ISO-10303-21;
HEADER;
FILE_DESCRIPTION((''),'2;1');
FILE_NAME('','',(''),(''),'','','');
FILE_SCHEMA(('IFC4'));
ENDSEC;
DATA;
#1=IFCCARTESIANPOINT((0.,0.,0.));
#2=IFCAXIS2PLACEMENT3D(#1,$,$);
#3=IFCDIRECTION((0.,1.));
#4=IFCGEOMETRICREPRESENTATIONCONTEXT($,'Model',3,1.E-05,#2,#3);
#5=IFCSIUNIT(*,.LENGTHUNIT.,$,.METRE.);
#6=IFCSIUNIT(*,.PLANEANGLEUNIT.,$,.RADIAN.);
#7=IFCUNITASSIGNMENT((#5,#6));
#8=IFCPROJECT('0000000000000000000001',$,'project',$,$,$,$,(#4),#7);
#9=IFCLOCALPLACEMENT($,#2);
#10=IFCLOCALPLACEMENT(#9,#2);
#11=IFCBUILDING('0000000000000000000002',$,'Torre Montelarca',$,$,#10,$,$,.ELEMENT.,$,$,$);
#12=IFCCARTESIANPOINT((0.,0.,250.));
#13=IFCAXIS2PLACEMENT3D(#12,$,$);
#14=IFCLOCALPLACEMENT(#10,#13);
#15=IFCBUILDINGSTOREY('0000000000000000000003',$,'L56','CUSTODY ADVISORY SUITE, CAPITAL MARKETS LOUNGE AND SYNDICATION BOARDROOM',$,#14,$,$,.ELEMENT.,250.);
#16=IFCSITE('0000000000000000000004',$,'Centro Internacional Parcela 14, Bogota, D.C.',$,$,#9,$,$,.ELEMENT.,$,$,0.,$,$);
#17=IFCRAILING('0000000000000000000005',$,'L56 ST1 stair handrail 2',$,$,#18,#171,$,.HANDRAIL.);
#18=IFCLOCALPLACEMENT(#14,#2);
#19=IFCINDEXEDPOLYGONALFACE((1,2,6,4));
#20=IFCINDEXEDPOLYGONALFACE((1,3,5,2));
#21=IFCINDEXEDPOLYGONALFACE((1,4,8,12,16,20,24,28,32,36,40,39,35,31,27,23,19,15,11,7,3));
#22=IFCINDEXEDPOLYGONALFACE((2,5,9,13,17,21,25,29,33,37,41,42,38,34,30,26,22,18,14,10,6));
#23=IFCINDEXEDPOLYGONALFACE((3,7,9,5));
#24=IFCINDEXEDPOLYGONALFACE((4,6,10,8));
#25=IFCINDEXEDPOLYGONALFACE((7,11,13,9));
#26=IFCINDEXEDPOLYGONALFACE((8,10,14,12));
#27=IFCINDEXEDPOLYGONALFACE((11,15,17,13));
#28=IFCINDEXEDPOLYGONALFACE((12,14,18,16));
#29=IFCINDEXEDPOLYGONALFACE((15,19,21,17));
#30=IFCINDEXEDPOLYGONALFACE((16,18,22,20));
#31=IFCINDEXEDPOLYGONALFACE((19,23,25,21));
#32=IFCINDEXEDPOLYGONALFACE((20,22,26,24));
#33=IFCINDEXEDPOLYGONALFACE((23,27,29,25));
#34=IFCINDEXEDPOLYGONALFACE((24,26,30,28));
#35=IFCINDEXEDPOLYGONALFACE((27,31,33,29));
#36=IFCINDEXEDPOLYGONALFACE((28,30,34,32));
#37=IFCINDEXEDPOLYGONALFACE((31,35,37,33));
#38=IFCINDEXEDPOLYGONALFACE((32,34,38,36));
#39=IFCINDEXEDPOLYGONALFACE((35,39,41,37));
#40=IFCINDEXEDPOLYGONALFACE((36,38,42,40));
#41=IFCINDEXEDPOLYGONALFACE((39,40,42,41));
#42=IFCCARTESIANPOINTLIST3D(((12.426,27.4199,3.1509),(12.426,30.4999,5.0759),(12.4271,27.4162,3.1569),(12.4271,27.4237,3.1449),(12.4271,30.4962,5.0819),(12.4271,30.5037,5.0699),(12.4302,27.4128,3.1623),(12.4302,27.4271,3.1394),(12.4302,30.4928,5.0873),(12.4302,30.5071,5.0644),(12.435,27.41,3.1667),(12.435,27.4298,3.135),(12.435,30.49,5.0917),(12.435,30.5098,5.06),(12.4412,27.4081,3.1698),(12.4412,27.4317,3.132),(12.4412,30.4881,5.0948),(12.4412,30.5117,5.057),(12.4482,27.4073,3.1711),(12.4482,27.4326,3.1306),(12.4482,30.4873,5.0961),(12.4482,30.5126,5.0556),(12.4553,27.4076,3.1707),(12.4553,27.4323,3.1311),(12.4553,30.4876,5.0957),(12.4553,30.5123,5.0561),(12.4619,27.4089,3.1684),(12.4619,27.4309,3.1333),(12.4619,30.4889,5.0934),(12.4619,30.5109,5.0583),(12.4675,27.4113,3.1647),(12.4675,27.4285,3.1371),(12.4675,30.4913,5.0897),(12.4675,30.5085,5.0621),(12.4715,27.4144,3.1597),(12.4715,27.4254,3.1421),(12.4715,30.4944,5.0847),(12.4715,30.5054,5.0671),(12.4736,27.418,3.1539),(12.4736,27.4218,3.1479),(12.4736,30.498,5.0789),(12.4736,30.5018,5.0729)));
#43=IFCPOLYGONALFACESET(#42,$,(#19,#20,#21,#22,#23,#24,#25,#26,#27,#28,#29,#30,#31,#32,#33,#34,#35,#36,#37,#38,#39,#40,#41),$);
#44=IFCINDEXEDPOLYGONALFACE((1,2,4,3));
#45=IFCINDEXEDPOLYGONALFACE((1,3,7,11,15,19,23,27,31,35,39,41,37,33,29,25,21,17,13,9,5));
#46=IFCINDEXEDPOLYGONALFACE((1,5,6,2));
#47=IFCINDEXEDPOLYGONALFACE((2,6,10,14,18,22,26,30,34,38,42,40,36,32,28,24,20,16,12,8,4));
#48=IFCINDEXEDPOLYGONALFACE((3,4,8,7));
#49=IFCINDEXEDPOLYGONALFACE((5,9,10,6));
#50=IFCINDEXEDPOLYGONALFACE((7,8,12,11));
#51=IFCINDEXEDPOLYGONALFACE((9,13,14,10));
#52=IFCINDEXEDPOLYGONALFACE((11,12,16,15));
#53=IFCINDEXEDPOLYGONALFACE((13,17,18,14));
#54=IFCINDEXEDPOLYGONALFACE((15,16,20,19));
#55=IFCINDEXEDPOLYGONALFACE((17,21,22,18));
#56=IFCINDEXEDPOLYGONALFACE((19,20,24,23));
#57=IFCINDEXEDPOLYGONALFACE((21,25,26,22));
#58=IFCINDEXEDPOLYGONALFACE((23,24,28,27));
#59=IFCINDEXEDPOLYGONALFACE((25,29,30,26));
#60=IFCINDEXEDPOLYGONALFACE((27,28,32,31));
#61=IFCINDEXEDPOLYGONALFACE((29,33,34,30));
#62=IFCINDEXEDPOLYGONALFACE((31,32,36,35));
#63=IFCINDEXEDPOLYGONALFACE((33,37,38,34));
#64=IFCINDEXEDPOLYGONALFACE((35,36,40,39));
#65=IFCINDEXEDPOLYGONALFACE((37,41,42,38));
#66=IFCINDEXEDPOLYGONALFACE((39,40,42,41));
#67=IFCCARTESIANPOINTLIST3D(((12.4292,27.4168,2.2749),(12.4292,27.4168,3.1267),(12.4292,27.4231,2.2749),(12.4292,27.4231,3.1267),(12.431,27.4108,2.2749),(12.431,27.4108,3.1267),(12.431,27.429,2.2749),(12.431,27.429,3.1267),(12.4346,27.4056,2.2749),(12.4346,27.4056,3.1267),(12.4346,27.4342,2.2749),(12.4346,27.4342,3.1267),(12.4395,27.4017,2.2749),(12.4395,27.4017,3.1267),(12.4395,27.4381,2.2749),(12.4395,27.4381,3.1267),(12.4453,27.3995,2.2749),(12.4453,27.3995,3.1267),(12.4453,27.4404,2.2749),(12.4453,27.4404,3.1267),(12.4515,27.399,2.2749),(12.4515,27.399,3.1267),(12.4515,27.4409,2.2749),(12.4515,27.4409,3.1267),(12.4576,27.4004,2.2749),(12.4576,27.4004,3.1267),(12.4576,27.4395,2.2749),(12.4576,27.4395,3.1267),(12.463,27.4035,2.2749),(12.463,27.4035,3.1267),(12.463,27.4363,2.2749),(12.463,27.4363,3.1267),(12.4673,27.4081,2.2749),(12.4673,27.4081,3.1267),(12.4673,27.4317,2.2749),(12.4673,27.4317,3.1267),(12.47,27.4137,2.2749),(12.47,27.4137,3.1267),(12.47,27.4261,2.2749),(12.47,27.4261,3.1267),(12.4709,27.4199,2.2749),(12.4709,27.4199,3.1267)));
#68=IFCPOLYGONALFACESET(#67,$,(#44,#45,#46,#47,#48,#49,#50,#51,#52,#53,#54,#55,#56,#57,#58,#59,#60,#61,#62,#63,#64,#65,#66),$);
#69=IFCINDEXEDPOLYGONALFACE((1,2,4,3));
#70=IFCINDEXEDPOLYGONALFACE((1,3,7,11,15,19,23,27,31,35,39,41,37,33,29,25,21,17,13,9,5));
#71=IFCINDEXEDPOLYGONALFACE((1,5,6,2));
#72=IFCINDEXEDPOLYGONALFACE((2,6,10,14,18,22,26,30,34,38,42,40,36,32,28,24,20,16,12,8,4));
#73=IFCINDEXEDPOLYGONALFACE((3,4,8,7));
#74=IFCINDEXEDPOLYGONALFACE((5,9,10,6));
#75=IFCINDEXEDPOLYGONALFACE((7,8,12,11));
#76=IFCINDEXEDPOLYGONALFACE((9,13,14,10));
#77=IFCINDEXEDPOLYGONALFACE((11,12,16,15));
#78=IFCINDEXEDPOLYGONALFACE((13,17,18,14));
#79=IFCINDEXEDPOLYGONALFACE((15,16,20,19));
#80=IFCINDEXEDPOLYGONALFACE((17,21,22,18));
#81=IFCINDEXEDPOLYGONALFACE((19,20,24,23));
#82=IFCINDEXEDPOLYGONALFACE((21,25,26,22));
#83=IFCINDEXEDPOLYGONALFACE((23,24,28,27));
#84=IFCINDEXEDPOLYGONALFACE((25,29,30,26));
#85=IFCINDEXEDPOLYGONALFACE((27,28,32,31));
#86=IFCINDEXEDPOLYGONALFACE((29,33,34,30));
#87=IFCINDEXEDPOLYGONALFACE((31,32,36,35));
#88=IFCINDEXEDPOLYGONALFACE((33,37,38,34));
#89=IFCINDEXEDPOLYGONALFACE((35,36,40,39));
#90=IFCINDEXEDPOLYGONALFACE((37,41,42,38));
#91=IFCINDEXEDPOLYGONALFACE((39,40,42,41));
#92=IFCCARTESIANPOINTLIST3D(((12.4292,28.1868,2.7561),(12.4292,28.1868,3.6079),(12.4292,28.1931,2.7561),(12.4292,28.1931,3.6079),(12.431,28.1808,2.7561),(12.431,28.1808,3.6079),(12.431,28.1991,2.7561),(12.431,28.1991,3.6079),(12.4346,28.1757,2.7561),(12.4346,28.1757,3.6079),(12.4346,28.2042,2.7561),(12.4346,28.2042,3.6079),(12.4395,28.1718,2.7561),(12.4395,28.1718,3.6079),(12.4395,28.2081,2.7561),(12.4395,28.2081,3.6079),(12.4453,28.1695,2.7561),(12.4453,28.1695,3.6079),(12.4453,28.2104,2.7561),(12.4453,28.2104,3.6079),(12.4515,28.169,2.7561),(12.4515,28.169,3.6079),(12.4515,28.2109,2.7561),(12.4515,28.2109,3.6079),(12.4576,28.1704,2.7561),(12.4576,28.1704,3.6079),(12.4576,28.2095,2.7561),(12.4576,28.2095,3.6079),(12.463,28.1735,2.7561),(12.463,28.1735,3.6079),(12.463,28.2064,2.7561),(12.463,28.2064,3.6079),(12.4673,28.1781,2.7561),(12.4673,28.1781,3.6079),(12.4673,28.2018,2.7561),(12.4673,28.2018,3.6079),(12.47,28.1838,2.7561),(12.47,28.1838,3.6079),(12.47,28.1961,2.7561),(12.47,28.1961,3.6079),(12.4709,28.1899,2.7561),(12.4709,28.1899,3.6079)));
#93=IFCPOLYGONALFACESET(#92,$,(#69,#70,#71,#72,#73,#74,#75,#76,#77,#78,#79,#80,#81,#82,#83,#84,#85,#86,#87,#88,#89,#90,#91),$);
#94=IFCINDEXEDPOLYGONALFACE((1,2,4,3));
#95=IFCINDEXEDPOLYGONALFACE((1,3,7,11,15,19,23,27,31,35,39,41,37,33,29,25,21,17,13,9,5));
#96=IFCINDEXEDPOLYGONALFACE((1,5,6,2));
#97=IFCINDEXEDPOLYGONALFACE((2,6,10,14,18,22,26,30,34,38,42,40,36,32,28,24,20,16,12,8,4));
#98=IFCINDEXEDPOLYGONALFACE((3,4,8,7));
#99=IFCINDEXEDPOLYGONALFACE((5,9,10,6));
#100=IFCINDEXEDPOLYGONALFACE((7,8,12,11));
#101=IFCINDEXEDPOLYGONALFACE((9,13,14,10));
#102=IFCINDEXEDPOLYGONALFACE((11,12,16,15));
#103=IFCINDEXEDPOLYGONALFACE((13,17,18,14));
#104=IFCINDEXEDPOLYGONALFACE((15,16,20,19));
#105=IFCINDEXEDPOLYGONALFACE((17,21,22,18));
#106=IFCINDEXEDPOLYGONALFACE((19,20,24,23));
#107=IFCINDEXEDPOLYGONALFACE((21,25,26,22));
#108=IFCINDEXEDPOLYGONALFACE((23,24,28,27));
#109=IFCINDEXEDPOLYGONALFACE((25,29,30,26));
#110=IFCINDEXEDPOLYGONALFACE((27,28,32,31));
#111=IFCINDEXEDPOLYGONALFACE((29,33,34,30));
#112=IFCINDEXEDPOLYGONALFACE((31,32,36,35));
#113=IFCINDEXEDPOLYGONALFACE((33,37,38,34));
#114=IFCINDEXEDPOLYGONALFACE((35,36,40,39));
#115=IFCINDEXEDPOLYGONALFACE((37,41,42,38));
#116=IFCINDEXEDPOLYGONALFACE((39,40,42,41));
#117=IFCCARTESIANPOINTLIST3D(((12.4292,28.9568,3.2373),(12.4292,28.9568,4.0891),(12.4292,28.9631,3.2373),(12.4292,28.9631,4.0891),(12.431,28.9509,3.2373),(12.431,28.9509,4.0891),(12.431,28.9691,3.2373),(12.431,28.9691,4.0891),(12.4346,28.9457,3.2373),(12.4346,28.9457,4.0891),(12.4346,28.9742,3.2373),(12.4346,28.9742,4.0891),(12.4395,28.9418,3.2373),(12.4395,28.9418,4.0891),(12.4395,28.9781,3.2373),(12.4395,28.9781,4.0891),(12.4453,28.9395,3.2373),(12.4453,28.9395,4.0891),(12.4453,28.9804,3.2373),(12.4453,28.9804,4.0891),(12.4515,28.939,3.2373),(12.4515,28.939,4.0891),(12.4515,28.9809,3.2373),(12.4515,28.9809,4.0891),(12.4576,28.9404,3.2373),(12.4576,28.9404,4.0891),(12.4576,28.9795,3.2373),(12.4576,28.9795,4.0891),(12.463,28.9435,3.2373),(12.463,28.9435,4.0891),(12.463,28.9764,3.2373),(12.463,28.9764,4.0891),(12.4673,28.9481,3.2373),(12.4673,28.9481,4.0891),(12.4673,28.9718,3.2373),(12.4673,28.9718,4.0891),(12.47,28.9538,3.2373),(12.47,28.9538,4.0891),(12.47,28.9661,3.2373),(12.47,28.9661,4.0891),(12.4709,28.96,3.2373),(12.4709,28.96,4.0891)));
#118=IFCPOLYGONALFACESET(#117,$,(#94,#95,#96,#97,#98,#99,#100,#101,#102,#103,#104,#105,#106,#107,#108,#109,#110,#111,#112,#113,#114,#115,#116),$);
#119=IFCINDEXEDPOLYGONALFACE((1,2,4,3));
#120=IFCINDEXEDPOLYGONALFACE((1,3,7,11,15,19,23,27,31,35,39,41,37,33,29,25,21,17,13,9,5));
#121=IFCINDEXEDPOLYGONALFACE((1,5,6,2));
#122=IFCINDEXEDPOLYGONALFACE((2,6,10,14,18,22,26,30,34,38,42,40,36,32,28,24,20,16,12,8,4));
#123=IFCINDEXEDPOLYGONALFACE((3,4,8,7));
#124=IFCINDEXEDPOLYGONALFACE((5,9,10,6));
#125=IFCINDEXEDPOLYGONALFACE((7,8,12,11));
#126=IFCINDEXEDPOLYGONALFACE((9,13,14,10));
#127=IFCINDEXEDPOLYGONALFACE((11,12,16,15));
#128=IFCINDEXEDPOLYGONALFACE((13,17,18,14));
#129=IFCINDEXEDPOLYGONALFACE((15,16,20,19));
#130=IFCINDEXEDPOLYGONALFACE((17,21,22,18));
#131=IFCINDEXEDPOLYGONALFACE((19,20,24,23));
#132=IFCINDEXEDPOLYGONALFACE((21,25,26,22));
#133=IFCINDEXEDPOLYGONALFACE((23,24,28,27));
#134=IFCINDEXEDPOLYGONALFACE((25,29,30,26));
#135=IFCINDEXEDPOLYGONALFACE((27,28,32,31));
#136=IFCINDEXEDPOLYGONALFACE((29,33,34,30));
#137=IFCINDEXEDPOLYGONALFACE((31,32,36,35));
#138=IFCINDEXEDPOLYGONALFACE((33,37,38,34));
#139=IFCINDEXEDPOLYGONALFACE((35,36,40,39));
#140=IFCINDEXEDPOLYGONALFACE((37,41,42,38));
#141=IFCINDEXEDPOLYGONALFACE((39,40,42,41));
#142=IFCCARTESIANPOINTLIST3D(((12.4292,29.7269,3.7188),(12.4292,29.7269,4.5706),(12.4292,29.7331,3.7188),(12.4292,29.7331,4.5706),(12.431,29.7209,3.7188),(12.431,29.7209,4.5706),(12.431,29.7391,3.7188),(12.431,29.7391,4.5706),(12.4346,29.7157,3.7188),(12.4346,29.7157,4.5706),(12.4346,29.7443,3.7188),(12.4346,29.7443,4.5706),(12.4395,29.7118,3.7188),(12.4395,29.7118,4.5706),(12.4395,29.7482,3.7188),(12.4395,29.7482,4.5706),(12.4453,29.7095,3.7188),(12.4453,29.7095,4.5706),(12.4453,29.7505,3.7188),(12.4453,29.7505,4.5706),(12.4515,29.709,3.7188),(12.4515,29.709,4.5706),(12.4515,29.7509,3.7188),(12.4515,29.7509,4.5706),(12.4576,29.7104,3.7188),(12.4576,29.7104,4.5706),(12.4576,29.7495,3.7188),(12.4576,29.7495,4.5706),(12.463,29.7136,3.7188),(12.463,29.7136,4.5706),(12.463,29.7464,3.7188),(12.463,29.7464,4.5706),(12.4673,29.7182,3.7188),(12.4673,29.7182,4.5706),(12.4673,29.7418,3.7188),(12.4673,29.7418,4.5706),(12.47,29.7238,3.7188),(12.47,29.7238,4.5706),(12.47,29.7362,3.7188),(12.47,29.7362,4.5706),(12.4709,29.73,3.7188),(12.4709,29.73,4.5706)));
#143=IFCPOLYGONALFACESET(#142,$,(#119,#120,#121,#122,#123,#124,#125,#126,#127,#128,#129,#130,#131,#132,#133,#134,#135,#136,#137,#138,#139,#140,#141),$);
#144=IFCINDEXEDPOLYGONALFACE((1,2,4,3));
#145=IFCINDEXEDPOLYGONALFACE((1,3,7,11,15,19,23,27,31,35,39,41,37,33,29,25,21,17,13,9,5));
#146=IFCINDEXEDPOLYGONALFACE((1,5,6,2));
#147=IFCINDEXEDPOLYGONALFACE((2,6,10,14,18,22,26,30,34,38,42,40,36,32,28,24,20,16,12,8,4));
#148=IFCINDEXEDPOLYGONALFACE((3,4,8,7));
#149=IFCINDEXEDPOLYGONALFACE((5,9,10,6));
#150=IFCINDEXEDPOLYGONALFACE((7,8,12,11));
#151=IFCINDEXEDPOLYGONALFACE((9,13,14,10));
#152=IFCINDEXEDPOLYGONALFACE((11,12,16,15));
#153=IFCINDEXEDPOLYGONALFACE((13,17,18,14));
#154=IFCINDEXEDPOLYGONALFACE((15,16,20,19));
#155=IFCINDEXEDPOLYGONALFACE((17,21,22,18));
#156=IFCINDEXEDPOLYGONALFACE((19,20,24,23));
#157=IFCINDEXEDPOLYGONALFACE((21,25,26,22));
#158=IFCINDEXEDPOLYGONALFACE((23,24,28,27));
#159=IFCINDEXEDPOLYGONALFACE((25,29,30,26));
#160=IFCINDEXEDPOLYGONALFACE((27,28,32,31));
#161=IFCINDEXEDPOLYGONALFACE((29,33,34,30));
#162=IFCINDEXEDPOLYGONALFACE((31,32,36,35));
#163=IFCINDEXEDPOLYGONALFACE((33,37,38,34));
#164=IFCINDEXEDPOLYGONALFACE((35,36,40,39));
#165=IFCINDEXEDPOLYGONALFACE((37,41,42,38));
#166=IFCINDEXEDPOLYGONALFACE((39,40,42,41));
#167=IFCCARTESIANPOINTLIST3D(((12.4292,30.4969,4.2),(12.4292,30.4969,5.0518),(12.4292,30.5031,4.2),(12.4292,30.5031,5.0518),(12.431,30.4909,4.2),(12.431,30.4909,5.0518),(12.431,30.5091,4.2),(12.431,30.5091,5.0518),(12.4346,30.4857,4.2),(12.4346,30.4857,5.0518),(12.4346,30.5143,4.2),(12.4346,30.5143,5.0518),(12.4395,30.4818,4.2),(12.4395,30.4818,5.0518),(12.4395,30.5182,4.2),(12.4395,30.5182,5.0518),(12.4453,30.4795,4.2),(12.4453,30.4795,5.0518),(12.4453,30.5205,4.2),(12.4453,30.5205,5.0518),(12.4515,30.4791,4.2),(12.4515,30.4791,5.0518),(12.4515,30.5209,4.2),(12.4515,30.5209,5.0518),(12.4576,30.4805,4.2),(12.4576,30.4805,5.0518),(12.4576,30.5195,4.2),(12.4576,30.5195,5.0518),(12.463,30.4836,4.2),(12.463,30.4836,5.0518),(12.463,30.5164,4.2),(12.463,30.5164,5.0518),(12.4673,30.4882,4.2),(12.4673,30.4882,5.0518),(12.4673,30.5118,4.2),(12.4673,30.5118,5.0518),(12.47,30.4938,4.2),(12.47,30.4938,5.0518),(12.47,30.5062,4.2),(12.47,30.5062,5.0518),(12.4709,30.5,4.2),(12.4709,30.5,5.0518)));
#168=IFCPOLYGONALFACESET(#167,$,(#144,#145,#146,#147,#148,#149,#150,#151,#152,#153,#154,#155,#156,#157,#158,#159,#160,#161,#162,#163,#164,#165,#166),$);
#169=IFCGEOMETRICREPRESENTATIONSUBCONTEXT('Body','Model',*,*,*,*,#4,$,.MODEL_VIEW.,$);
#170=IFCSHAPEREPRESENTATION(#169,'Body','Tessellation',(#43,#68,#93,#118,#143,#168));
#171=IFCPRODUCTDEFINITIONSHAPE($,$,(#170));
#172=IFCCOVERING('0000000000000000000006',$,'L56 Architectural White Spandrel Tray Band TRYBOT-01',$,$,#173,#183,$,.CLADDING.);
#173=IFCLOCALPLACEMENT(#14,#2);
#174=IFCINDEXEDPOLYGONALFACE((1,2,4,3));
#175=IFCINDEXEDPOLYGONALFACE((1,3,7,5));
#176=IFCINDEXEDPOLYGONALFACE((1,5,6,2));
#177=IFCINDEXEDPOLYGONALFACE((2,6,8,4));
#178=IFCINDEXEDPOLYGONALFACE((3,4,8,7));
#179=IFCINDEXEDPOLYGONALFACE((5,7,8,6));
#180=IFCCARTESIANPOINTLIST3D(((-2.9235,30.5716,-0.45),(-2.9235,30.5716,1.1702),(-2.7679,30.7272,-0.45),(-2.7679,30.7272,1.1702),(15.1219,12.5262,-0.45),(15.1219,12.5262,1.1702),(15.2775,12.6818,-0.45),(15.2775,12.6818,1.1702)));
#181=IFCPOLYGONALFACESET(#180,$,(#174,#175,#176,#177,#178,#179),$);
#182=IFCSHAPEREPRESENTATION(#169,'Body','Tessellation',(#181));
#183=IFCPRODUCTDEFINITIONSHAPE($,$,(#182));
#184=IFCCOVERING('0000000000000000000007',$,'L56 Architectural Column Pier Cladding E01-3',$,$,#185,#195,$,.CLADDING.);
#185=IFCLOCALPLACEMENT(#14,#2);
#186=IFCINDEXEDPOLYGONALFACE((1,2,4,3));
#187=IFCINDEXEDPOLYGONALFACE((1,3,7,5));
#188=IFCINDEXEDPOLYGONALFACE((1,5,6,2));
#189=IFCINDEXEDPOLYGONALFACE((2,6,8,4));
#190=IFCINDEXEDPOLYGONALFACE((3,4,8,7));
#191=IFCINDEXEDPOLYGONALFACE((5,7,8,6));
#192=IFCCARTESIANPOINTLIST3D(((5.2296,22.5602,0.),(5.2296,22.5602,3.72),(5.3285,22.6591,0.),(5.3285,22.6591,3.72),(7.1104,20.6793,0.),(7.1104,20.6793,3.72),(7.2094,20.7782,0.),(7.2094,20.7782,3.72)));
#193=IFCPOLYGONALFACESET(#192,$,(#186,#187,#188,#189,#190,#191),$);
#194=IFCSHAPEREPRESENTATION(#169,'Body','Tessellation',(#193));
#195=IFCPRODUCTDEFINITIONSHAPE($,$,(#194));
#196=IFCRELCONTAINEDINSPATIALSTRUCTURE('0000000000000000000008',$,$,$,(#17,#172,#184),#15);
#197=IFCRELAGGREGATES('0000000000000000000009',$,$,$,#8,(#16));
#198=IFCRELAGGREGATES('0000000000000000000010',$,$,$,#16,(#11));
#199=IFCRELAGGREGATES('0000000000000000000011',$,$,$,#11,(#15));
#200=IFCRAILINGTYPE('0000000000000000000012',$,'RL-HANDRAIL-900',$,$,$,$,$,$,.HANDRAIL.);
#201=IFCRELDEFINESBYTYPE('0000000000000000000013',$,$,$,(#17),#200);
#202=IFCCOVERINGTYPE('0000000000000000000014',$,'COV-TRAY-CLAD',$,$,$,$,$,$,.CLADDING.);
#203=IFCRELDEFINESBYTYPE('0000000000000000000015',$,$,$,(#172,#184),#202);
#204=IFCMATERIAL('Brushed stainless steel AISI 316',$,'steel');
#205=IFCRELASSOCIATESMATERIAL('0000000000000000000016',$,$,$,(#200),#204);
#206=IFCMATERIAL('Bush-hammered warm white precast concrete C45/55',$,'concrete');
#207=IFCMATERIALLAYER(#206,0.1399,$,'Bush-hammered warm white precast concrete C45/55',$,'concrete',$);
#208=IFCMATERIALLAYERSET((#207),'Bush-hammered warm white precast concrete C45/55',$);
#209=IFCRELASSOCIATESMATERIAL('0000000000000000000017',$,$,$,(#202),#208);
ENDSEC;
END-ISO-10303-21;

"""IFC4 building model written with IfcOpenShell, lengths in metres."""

from ifc_helpers import new_model, si_unit, direction, frame, origin, origin_2d, place, context, subcontext, project, spatial, rectangle, circle, extrude, source, transform, mapped, material, layer, layer_set, type_object, element, save


model = new_model("IFC4")

# Units and contexts
model_context = context("Model", 3, precision=1e-05, world=origin(), true_north=direction((0.0, 1.0)))
body_context = subcontext(model_context, "Body", "Model", "MODEL_VIEW")
ifc_project = project(units=[si_unit("LENGTHUNIT", "METRE"), si_unit("PLANEANGLEUNIT", "RADIAN")], contexts=[model_context])

# Site, building, storey
site_placement = place(None, origin())
site = spatial("IfcSite", under=ifc_project, at=site_placement, Name="Centro Internacional Parcela 14, Bogota, D.C.", CompositionType="ELEMENT", RefElevation=0.0)
building_placement = place(site_placement, origin())
building = spatial("IfcBuilding", under=site, at=building_placement, Name="Torre Montelarca", CompositionType="ELEMENT")
storey_placement = place(building_placement, frame((0.0, 0.0, 250.0)))
storey = spatial("IfcBuildingStorey", under=building, at=storey_placement, Name="L56", Description="CUSTODY ADVISORY SUITE, CAPITAL MARKETS LOUNGE AND SYNDICATION BOARDROOM", CompositionType="ELEMENT", Elevation=250.0)

# Railing
ifc_material_1 = material(Name="Brushed stainless steel AISI 316", Category="steel")
railing_type_1 = type_object("IfcRailingType", Name="RL-HANDRAIL-900", PredefinedType="HANDRAIL", material=ifc_material_1)
railing_1_placement = place(storey_placement, frame((12.45, 27.4199, 2.2749)))
element("IfcRailing", 1, at=railing_1_placement, inside=storey, type_object=railing_type_1, Name="L56 ST1 stair handrail 2", PredefinedType="HANDRAIL", context=body_context, shape_type="SweptSolid", body=[
    extrude(circle(Radius=0.0239, at=origin_2d()), frame((0.0, 0.0, 0.876), z_axis=(0.0, 0.847998, 0.529999), x_axis=(-1.0, 0.0, 0.0)), (0.0, 0.0, 1.0), 3.6321),
    extrude(circle(Radius=0.021, at=origin_2d()), origin(), (0.0, 0.0, 1.0), 0.8518),
    extrude(circle(Radius=0.021, at=origin_2d()), frame((0.0, 0.77, 0.4812)), (0.0, 0.0, 1.0), 0.8518),
    extrude(circle(Radius=0.021, at=origin_2d()), frame((0.0, 1.54, 0.9624)), (0.0, 0.0, 1.0), 0.8518),
    extrude(circle(Radius=0.021, at=origin_2d()), frame((0.0, 2.3101, 1.4438)), (0.0, 0.0, 1.0), 0.8518),
    extrude(circle(Radius=0.021, at=origin_2d()), frame((0.0, 3.0801, 1.925)), (0.0, 0.0, 1.0), 0.8518),
])

# Coverings
ifc_material_2 = material(Name="Bush-hammered warm white precast concrete C45/55", Category="concrete")
ifc_layer_1 = layer(ifc_material_2, 0.1399, Name="Bush-hammered warm white precast concrete C45/55", Category="concrete")
ifc_layer_set_1 = layer_set([ifc_layer_1], Name="Bush-hammered warm white precast concrete C45/55")
covering_type = type_object("IfcCoveringType", Name="COV-TRAY-CLAD", PredefinedType="CLADDING", material=ifc_layer_set_1)
shared_shape_1 = source(origin(), body_context, "Body", "SweptSolid", [
    extrude(rectangle(XDim=25.52, YDim=0.22, at=origin_2d()), origin(), (0.0, 0.0, 1.0), 1.6201),
])
covering_1_placement = place(storey_placement, frame((6.177, 21.6267, -0.45), z_axis=(0.0, 0.0, 1.0), x_axis=(0.707107, -0.707107, 0.0)))
element("IfcCovering", 2, at=covering_1_placement, inside=storey, type_object=covering_type, Name="L56 Architectural White Spandrel Tray Band TRYBOT-01", PredefinedType="CLADDING", context=body_context, shape_type="MappedRepresentation", body=[
    mapped(shared_shape_1, transform((0.0, 0.0, 0.0), scale=1.0)),
])
shared_shape_2 = source(origin(), body_context, "Body", "SweptSolid", [
    extrude(rectangle(XDim=2.6599, YDim=0.1399, at=origin_2d()), origin(), (0.0, 0.0, 1.0), 3.72),
])
covering_2_placement = place(storey_placement, frame((6.2195, 21.6692, 0.0), z_axis=(0.0, 0.0, 1.0), x_axis=(0.707107, -0.707107, 0.0)))
element("IfcCovering", 3, at=covering_2_placement, inside=storey, type_object=covering_type, Name="L56 Architectural Column Pier Cladding E01-3", PredefinedType="CLADDING", context=body_context, shape_type="MappedRepresentation", body=[
    mapped(shared_shape_2, transform((0.0, 0.0, 0.0), scale=1.0)),
])

save(model, "model.ifc")
